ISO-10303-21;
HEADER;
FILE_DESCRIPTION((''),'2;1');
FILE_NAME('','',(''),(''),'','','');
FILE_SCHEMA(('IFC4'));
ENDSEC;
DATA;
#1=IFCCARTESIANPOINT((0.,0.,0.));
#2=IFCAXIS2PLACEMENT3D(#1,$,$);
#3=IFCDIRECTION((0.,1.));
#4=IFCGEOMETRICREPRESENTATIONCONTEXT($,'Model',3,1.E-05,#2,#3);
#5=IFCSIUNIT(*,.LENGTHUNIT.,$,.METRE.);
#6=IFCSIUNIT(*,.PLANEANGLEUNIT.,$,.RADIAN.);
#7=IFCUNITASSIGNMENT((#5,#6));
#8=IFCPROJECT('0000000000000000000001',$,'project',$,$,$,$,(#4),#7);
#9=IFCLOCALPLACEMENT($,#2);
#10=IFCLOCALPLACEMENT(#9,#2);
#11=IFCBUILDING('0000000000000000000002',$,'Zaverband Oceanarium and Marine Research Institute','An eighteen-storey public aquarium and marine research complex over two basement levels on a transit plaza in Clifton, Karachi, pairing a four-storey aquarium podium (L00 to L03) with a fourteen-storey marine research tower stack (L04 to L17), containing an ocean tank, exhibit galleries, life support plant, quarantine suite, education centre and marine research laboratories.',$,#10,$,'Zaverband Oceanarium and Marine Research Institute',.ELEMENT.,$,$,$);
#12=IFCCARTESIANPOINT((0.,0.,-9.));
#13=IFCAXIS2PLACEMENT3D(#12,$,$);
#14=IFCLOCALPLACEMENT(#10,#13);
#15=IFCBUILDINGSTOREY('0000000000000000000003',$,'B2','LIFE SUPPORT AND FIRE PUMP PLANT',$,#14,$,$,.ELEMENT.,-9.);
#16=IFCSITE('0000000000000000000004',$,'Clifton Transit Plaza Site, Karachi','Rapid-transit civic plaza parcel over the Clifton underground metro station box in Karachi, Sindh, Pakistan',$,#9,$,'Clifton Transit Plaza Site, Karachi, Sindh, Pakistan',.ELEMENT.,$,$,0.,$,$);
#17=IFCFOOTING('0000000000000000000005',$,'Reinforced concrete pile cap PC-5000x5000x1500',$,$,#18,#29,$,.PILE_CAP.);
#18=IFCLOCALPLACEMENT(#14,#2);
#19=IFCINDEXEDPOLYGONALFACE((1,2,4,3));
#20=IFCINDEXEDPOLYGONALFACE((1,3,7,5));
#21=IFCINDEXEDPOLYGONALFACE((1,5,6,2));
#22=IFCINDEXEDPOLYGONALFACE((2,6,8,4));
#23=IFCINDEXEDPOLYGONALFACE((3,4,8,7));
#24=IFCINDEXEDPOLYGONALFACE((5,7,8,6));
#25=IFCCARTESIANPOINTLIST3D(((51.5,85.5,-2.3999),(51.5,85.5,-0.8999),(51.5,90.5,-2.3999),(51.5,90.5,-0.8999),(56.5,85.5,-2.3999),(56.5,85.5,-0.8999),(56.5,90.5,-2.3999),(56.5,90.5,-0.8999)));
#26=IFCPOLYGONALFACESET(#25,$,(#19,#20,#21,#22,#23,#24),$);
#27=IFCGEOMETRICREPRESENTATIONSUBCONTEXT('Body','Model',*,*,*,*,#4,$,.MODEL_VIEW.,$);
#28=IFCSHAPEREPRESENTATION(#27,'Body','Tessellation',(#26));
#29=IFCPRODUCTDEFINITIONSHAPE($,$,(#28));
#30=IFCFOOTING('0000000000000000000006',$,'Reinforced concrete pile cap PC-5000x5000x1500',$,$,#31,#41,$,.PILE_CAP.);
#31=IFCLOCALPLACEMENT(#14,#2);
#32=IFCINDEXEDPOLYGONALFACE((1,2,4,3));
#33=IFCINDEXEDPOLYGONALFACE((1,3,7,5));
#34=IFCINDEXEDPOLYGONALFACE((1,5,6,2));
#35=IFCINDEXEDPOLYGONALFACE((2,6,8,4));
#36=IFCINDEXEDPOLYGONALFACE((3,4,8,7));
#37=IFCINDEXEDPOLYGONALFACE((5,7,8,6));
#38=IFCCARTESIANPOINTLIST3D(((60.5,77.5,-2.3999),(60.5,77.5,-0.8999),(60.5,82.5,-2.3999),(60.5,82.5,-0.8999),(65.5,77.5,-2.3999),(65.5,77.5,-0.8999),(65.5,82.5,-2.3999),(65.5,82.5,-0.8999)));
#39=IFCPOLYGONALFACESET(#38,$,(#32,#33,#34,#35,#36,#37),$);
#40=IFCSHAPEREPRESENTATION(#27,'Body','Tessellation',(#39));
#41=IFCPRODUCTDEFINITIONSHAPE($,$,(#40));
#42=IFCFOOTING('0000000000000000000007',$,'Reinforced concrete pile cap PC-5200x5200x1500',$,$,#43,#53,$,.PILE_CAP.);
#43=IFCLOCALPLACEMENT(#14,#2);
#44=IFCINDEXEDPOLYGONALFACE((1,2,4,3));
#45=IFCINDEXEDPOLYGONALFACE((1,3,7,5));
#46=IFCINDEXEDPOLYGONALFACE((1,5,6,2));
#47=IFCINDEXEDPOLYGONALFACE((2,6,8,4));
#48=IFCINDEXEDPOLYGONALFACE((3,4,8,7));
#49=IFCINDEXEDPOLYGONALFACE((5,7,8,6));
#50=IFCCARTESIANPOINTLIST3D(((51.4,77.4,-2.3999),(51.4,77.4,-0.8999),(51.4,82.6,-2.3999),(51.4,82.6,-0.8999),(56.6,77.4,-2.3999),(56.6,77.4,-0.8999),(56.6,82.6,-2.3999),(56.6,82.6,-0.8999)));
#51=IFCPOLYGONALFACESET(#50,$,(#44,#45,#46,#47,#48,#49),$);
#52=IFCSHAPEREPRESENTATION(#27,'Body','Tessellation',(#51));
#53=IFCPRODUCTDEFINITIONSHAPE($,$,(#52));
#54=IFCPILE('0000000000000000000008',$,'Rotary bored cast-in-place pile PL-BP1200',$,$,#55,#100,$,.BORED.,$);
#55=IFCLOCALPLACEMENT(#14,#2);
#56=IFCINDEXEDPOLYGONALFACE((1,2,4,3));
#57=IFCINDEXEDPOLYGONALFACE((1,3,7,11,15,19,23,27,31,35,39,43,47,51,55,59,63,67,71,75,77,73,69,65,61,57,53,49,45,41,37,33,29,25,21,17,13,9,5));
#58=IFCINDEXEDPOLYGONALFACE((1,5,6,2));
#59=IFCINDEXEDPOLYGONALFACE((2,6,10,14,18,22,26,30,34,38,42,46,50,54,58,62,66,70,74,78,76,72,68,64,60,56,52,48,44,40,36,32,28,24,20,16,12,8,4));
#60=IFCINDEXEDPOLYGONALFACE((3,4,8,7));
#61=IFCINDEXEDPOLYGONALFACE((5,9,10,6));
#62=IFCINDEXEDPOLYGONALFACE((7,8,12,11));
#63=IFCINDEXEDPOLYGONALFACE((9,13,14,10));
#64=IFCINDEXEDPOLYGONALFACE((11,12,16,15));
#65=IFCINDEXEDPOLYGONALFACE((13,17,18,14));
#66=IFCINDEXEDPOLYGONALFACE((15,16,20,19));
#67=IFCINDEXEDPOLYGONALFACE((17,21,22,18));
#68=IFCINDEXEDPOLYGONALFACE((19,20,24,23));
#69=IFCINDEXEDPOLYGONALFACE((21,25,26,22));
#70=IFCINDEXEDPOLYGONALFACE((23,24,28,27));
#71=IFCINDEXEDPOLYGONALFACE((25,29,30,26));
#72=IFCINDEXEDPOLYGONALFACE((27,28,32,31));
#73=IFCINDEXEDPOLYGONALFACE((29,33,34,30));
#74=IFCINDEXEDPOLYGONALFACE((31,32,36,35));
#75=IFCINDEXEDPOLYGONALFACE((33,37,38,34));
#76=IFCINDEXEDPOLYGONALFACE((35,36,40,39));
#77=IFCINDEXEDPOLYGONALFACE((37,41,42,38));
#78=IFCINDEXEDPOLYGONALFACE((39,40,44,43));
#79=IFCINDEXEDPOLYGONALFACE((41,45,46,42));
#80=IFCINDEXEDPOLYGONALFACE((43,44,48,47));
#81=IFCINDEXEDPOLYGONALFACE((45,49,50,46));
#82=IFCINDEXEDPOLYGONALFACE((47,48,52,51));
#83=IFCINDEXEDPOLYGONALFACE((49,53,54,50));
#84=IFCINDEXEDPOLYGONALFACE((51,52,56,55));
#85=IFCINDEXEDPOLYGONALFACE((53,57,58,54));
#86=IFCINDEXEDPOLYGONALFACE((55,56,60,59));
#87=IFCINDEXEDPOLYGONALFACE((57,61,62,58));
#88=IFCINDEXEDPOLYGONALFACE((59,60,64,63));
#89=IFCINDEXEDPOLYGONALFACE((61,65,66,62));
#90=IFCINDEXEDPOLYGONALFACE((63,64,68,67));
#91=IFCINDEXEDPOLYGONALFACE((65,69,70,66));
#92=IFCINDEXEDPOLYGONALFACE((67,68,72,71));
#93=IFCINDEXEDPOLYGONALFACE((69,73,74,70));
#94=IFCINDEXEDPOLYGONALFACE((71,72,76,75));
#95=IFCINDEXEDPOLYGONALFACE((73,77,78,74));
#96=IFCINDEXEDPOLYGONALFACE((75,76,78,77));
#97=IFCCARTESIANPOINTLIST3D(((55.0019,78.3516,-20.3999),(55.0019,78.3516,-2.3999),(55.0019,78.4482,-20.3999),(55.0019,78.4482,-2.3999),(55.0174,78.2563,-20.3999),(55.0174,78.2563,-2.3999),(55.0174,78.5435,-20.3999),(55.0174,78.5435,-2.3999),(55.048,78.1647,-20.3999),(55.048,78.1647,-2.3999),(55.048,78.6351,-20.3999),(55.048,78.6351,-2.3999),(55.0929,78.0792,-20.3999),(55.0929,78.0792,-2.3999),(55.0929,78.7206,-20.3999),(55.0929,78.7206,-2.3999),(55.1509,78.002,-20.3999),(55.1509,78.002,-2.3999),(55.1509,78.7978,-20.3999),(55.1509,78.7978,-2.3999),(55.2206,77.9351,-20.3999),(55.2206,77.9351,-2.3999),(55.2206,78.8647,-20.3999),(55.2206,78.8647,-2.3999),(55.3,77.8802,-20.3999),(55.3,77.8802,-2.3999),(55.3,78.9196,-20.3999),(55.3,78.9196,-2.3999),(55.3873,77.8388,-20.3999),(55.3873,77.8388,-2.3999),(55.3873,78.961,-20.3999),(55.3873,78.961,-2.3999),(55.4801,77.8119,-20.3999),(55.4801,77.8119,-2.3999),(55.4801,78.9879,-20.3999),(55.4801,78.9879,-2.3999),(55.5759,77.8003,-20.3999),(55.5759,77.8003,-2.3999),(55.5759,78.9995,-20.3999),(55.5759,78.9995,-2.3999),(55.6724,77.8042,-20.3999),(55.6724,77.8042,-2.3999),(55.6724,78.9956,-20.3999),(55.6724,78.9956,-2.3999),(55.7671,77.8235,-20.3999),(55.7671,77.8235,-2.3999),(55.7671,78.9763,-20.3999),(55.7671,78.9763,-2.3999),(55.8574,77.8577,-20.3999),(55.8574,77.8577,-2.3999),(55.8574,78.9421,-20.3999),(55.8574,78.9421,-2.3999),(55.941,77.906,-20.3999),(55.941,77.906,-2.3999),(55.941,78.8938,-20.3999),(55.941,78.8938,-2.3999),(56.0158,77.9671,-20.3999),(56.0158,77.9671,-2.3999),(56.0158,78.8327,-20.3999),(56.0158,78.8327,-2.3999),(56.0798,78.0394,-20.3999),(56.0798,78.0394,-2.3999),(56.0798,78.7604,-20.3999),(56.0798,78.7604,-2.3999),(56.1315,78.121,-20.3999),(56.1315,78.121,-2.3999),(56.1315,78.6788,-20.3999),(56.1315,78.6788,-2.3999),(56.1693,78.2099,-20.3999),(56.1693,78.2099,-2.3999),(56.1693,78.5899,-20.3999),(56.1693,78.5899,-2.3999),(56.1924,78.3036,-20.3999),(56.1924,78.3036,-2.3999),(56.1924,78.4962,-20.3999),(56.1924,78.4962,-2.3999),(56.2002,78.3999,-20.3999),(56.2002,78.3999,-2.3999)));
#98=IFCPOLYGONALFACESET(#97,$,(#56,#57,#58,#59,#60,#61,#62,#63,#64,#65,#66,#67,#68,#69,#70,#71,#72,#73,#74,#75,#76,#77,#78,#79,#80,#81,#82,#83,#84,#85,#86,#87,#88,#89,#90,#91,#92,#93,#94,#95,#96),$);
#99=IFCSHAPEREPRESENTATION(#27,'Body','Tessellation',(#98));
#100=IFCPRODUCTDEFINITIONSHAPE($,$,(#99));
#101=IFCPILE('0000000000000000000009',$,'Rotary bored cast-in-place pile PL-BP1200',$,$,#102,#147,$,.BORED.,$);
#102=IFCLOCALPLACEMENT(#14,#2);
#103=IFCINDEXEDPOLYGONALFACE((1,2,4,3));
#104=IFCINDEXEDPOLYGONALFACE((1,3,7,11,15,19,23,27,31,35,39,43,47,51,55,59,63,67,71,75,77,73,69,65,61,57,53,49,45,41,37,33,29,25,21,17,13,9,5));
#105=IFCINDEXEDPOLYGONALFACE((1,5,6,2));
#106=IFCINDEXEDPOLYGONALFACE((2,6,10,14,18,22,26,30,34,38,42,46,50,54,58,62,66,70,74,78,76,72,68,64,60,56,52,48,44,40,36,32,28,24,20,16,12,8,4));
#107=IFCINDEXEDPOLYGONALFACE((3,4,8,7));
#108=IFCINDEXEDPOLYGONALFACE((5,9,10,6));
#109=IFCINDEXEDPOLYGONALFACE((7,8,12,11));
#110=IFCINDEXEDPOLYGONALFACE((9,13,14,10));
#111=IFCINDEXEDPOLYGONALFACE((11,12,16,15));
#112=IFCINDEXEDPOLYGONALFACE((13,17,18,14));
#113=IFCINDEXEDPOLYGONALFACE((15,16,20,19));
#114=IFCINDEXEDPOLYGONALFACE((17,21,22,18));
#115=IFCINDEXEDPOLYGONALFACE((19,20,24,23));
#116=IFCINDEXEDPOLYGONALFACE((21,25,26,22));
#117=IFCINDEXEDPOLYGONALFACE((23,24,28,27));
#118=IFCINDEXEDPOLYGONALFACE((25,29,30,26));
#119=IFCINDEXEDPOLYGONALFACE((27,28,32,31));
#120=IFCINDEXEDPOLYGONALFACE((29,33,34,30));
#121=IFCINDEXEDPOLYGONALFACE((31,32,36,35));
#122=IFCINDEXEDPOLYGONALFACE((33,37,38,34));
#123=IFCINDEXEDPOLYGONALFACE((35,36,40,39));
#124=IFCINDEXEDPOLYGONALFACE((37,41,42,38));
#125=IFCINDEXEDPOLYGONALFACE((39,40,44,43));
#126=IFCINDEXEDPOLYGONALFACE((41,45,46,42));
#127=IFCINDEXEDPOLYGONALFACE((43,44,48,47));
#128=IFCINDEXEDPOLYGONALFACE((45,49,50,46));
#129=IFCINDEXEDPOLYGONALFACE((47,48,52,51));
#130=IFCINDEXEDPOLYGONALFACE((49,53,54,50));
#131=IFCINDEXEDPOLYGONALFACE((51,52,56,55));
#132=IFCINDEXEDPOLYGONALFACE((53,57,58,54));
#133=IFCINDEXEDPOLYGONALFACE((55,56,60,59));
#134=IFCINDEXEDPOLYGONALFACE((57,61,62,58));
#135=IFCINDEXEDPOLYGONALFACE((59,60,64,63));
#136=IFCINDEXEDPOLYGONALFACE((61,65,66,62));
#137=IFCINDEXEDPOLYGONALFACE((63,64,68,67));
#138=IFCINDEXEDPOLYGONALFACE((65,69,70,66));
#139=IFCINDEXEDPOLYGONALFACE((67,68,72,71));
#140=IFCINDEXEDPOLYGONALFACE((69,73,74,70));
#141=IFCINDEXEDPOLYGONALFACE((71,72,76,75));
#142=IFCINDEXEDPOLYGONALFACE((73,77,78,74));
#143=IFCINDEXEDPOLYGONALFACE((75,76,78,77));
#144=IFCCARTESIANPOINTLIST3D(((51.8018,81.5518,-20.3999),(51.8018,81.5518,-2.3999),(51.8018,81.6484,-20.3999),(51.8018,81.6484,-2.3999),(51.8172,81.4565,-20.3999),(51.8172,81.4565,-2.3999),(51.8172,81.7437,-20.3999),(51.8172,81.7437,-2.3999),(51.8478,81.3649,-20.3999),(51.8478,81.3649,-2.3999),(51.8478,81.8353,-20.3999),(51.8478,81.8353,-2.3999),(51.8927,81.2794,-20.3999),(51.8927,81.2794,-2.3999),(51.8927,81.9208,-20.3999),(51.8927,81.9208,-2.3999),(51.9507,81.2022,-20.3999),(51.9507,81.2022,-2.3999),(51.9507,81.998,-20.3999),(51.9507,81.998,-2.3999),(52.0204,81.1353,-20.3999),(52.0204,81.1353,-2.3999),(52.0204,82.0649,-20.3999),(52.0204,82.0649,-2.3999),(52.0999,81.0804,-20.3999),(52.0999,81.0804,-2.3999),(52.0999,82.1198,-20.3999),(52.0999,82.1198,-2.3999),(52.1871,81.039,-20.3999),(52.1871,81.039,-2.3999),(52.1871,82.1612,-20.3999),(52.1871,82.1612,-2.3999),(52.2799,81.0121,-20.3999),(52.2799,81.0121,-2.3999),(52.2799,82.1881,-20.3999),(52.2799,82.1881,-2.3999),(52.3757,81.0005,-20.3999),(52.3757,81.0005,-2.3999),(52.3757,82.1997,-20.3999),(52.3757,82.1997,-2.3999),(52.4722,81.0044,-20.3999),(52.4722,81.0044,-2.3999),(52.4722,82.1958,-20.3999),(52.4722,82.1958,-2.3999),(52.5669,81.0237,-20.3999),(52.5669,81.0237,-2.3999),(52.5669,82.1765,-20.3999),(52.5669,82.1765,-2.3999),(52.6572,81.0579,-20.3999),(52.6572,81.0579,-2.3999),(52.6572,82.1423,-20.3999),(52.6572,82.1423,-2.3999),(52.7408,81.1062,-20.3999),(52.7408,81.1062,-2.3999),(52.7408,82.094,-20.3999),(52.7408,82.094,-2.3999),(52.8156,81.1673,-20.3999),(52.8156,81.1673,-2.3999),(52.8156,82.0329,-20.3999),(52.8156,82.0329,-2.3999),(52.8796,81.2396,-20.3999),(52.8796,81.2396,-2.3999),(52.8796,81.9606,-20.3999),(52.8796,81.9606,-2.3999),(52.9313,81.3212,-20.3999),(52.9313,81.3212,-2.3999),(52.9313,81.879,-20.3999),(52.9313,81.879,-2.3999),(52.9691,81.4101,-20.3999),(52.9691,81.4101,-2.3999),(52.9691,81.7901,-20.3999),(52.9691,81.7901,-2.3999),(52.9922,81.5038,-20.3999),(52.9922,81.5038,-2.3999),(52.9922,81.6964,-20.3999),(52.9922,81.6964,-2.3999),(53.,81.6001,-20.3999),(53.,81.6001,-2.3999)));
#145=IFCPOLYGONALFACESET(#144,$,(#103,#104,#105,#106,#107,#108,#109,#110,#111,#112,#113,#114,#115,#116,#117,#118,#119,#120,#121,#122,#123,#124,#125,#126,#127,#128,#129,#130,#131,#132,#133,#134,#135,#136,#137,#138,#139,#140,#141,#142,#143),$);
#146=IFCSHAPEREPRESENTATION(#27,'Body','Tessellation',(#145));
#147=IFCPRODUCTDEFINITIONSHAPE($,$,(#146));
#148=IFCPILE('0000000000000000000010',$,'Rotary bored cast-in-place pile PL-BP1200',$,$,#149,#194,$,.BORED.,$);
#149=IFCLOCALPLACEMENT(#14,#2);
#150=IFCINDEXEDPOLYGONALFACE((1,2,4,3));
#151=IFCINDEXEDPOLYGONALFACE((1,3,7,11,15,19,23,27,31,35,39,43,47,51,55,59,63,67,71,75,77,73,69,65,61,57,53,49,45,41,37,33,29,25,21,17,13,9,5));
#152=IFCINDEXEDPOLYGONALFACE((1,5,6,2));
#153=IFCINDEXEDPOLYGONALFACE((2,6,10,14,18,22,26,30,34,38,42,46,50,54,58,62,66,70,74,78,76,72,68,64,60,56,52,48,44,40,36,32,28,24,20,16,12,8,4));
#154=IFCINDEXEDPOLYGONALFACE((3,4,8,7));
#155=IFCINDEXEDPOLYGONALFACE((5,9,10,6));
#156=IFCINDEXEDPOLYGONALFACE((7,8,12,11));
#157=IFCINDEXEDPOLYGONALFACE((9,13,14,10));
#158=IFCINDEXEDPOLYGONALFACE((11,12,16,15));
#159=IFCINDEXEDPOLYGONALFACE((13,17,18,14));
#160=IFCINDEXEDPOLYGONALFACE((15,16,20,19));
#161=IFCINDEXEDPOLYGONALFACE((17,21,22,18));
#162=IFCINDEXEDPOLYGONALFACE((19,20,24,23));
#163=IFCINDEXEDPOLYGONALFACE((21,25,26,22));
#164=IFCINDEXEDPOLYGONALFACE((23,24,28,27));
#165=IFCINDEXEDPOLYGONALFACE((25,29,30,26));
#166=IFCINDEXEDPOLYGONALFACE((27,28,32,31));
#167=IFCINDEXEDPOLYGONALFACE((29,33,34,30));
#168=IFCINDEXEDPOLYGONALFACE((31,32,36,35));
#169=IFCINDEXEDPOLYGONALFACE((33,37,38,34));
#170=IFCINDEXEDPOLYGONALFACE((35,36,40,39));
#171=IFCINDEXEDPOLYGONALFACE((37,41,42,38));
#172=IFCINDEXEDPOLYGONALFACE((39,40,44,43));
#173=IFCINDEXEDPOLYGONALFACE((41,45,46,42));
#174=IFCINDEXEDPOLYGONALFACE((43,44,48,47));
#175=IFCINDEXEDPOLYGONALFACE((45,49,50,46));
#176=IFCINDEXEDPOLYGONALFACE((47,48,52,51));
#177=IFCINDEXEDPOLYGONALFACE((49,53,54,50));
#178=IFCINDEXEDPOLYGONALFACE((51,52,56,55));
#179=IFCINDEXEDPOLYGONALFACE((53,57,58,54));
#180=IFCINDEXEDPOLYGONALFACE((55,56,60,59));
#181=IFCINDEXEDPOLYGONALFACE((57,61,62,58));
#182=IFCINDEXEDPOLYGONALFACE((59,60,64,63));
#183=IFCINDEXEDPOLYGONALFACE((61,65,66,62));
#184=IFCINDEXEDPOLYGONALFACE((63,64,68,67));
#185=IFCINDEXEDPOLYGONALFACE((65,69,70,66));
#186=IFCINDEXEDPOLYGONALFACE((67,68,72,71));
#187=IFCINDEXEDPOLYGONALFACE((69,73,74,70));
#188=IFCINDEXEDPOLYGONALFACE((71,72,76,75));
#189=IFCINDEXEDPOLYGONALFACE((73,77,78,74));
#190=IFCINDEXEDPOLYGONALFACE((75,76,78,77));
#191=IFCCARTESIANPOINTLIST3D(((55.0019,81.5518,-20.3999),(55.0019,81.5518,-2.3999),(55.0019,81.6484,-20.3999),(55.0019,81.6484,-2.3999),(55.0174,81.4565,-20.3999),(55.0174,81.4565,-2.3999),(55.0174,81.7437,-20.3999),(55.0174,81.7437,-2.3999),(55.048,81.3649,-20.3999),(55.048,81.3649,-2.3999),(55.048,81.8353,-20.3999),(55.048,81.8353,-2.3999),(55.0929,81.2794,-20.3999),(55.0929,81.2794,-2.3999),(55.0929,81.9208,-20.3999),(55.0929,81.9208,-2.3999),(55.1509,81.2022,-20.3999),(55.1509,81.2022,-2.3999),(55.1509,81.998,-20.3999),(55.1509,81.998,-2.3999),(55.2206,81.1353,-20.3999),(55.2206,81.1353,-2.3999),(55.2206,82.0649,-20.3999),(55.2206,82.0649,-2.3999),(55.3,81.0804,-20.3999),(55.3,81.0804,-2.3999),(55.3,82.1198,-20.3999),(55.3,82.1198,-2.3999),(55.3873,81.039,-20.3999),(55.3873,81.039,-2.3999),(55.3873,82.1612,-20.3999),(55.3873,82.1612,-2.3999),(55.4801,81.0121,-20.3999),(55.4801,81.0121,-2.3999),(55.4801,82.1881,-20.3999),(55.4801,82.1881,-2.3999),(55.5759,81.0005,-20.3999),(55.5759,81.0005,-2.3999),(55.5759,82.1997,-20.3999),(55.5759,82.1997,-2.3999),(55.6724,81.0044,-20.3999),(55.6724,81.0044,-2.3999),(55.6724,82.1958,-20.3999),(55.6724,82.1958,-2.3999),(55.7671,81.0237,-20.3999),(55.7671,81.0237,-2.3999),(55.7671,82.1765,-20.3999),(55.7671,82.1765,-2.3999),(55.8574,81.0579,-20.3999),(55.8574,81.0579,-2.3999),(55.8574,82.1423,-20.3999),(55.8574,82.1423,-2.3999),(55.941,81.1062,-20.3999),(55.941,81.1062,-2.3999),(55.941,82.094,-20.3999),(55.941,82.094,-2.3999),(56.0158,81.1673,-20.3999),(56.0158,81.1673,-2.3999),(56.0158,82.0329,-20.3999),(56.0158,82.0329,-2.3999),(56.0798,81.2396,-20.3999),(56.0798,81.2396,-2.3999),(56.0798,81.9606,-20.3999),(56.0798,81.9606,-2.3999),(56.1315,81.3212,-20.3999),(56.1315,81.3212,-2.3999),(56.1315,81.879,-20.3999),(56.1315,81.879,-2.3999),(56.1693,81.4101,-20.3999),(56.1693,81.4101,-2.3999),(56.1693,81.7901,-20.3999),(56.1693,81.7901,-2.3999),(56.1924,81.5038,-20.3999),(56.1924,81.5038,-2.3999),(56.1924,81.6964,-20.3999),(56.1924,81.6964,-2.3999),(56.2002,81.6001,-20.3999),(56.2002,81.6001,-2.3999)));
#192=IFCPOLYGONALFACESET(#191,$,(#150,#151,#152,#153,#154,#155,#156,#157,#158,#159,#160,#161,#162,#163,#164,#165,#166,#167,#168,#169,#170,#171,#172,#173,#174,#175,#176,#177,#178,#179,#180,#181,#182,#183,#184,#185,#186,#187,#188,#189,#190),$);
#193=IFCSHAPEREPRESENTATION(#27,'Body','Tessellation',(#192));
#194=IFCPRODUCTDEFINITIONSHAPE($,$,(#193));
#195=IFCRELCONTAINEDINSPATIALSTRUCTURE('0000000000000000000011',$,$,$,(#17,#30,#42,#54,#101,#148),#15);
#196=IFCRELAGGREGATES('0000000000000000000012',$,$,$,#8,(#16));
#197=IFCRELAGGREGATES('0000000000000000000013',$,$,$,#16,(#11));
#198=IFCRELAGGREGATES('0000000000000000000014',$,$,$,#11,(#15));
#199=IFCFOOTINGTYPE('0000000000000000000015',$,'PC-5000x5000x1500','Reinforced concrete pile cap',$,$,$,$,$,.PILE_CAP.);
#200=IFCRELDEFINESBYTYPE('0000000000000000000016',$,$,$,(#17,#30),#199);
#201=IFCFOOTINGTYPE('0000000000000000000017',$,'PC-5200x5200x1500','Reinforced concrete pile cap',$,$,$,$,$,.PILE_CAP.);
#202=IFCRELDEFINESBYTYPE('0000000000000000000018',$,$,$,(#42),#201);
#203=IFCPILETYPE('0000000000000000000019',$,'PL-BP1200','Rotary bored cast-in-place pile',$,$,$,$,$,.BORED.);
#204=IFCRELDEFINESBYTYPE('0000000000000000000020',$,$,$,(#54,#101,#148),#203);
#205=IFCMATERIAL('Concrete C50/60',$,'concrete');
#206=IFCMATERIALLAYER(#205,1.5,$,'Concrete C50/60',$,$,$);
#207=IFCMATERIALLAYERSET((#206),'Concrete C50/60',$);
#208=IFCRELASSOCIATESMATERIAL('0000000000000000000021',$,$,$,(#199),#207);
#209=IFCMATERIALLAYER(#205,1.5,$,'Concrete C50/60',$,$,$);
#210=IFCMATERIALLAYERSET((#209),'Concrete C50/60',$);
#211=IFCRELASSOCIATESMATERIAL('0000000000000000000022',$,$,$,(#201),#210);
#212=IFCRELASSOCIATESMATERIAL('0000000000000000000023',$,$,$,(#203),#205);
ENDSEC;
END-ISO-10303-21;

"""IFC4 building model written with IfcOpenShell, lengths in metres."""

from ifc_helpers import new_model, si_unit, direction, frame, origin, origin_2d, place, context, subcontext, project, spatial, rectangle, circle, extrude, material, layer, layer_set, material_profile, profile_set, type_object, element, save


model = new_model("IFC4")

# Units and contexts
model_context = context("Model", 3, precision=1e-05, world=origin(), true_north=direction((0.0, 1.0)))
body_context = subcontext(model_context, "Body", "Model", "MODEL_VIEW")
ifc_project = project(units=[si_unit("LENGTHUNIT", "METRE"), si_unit("PLANEANGLEUNIT", "RADIAN")], contexts=[model_context])

# Site, building, storey
site_placement = place(None, origin())
site = spatial("IfcSite", under=ifc_project, at=site_placement, Name="Clifton Transit Plaza Site, Karachi", Description="Rapid-transit civic plaza parcel over the Clifton underground metro station box in Karachi, Sindh, Pakistan", LongName="Clifton Transit Plaza Site, Karachi, Sindh, Pakistan", CompositionType="ELEMENT", RefElevation=0.0)
building_placement = place(site_placement, origin())
building = spatial("IfcBuilding", under=site, at=building_placement, Name="Zaverband Oceanarium and Marine Research Institute", Description="An eighteen-storey public aquarium and marine research complex over two basement levels on a transit plaza in Clifton, Karachi, pairing a four-storey aquarium podium (L00 to L03) with a fourteen-storey marine research tower stack (L04 to L17), containing an ocean tank, exhibit galleries, life support plant, quarantine suite, education centre and marine research laboratories.", LongName="Zaverband Oceanarium and Marine Research Institute", CompositionType="ELEMENT")
storey_placement = place(building_placement, frame((0.0, 0.0, -9.0)))
storey = spatial("IfcBuildingStorey", under=building, at=storey_placement, Name="B2", Description="LIFE SUPPORT AND FIRE PUMP PLANT", CompositionType="ELEMENT", Elevation=-9.0)

# Footings
ifc_material_1 = material(Name="Concrete C50/60", Category="concrete")
ifc_layer_1 = layer(ifc_material_1, 1.5, Name="Concrete C50/60")
ifc_layer_set_1 = layer_set([ifc_layer_1], Name="Concrete C50/60")
footing_type_1 = type_object("IfcFootingType", Name="PC-5000x5000x1500", Description="Reinforced concrete pile cap", PredefinedType="PILE_CAP", material=ifc_layer_set_1)
for number, where, z_axis, x_axis, name in (
    (1, (54.0, 88.0, -2.3999), (0.0, 0.0, 1.0), (1.0, 0.0, 0.0), "Reinforced concrete pile cap PC-5000x5000x1500"),
    (2, (63.0, 80.0, -2.3999), (0.0, 0.0, 1.0), (1.0, 0.0, 0.0), "Reinforced concrete pile cap PC-5000x5000x1500"),
):
    element("IfcFooting", number, at=place(storey_placement, frame(where, z_axis=z_axis, x_axis=x_axis)), inside=storey, type_object=footing_type_1, Name=name, PredefinedType="PILE_CAP", context=body_context, shape_type="SweptSolid", body=[
        extrude(rectangle(XDim=5.0, YDim=5.0, at=origin_2d()), origin(), (0.0, 0.0, 1.0), 1.5),
    ])
ifc_layer_2 = layer(ifc_material_1, 1.5, Name="Concrete C50/60")
ifc_layer_set_2 = layer_set([ifc_layer_2], Name="Concrete C50/60")
footing_type_2 = type_object("IfcFootingType", Name="PC-5200x5200x1500", Description="Reinforced concrete pile cap", PredefinedType="PILE_CAP", material=ifc_layer_set_2)
footing_placement = place(storey_placement, frame((54.0, 80.0, -2.3999), z_axis=(0.0, 0.0, 1.0), x_axis=(1.0, 0.0, 0.0)))
element("IfcFooting", 3, at=footing_placement, inside=storey, type_object=footing_type_2, Name="Reinforced concrete pile cap PC-5200x5200x1500", PredefinedType="PILE_CAP", context=body_context, shape_type="SweptSolid", body=[
    extrude(rectangle(XDim=5.2, YDim=5.2, at=origin_2d()), origin(), (0.0, 0.0, 1.0), 1.5),
])

# Piles
ifc_material_profile_1 = material_profile(ifc_material_1, circle(Radius=0.6001, at=origin_2d()), Name="BP1200")
ifc_profile_set_1 = profile_set([ifc_material_profile_1], Name="Concrete C50/60")
pile_type = type_object("IfcPileType", Name="PL-BP1200", Description="Rotary bored cast-in-place pile", PredefinedType="BORED", material=ifc_profile_set_1)
for number, where, z_axis, x_axis, name in (
    (4, (55.6001, 78.3999, -2.3999), (0.0, 0.0, -1.0), (1.0, 0.0, 0.0), "Rotary bored cast-in-place pile PL-BP1200"),
    (5, (52.3999, 81.6001, -2.3999), (0.0, 0.0, -1.0), (1.0, 0.0, 0.0), "Rotary bored cast-in-place pile PL-BP1200"),
    (6, (55.6001, 81.6001, -2.3999), (0.0, 0.0, -1.0), (1.0, 0.0, 0.0), "Rotary bored cast-in-place pile PL-BP1200"),
):
    element("IfcPile", number, at=place(storey_placement, frame(where, z_axis=z_axis, x_axis=x_axis)), inside=storey, type_object=pile_type, Name=name, PredefinedType="BORED", context=body_context, shape_type="SweptSolid", body=[
        extrude(circle(Radius=0.6001, at=origin_2d()), origin(), (0.0, 0.0, 1.0), 18.0),
    ])

save(model, "model.ifc")
